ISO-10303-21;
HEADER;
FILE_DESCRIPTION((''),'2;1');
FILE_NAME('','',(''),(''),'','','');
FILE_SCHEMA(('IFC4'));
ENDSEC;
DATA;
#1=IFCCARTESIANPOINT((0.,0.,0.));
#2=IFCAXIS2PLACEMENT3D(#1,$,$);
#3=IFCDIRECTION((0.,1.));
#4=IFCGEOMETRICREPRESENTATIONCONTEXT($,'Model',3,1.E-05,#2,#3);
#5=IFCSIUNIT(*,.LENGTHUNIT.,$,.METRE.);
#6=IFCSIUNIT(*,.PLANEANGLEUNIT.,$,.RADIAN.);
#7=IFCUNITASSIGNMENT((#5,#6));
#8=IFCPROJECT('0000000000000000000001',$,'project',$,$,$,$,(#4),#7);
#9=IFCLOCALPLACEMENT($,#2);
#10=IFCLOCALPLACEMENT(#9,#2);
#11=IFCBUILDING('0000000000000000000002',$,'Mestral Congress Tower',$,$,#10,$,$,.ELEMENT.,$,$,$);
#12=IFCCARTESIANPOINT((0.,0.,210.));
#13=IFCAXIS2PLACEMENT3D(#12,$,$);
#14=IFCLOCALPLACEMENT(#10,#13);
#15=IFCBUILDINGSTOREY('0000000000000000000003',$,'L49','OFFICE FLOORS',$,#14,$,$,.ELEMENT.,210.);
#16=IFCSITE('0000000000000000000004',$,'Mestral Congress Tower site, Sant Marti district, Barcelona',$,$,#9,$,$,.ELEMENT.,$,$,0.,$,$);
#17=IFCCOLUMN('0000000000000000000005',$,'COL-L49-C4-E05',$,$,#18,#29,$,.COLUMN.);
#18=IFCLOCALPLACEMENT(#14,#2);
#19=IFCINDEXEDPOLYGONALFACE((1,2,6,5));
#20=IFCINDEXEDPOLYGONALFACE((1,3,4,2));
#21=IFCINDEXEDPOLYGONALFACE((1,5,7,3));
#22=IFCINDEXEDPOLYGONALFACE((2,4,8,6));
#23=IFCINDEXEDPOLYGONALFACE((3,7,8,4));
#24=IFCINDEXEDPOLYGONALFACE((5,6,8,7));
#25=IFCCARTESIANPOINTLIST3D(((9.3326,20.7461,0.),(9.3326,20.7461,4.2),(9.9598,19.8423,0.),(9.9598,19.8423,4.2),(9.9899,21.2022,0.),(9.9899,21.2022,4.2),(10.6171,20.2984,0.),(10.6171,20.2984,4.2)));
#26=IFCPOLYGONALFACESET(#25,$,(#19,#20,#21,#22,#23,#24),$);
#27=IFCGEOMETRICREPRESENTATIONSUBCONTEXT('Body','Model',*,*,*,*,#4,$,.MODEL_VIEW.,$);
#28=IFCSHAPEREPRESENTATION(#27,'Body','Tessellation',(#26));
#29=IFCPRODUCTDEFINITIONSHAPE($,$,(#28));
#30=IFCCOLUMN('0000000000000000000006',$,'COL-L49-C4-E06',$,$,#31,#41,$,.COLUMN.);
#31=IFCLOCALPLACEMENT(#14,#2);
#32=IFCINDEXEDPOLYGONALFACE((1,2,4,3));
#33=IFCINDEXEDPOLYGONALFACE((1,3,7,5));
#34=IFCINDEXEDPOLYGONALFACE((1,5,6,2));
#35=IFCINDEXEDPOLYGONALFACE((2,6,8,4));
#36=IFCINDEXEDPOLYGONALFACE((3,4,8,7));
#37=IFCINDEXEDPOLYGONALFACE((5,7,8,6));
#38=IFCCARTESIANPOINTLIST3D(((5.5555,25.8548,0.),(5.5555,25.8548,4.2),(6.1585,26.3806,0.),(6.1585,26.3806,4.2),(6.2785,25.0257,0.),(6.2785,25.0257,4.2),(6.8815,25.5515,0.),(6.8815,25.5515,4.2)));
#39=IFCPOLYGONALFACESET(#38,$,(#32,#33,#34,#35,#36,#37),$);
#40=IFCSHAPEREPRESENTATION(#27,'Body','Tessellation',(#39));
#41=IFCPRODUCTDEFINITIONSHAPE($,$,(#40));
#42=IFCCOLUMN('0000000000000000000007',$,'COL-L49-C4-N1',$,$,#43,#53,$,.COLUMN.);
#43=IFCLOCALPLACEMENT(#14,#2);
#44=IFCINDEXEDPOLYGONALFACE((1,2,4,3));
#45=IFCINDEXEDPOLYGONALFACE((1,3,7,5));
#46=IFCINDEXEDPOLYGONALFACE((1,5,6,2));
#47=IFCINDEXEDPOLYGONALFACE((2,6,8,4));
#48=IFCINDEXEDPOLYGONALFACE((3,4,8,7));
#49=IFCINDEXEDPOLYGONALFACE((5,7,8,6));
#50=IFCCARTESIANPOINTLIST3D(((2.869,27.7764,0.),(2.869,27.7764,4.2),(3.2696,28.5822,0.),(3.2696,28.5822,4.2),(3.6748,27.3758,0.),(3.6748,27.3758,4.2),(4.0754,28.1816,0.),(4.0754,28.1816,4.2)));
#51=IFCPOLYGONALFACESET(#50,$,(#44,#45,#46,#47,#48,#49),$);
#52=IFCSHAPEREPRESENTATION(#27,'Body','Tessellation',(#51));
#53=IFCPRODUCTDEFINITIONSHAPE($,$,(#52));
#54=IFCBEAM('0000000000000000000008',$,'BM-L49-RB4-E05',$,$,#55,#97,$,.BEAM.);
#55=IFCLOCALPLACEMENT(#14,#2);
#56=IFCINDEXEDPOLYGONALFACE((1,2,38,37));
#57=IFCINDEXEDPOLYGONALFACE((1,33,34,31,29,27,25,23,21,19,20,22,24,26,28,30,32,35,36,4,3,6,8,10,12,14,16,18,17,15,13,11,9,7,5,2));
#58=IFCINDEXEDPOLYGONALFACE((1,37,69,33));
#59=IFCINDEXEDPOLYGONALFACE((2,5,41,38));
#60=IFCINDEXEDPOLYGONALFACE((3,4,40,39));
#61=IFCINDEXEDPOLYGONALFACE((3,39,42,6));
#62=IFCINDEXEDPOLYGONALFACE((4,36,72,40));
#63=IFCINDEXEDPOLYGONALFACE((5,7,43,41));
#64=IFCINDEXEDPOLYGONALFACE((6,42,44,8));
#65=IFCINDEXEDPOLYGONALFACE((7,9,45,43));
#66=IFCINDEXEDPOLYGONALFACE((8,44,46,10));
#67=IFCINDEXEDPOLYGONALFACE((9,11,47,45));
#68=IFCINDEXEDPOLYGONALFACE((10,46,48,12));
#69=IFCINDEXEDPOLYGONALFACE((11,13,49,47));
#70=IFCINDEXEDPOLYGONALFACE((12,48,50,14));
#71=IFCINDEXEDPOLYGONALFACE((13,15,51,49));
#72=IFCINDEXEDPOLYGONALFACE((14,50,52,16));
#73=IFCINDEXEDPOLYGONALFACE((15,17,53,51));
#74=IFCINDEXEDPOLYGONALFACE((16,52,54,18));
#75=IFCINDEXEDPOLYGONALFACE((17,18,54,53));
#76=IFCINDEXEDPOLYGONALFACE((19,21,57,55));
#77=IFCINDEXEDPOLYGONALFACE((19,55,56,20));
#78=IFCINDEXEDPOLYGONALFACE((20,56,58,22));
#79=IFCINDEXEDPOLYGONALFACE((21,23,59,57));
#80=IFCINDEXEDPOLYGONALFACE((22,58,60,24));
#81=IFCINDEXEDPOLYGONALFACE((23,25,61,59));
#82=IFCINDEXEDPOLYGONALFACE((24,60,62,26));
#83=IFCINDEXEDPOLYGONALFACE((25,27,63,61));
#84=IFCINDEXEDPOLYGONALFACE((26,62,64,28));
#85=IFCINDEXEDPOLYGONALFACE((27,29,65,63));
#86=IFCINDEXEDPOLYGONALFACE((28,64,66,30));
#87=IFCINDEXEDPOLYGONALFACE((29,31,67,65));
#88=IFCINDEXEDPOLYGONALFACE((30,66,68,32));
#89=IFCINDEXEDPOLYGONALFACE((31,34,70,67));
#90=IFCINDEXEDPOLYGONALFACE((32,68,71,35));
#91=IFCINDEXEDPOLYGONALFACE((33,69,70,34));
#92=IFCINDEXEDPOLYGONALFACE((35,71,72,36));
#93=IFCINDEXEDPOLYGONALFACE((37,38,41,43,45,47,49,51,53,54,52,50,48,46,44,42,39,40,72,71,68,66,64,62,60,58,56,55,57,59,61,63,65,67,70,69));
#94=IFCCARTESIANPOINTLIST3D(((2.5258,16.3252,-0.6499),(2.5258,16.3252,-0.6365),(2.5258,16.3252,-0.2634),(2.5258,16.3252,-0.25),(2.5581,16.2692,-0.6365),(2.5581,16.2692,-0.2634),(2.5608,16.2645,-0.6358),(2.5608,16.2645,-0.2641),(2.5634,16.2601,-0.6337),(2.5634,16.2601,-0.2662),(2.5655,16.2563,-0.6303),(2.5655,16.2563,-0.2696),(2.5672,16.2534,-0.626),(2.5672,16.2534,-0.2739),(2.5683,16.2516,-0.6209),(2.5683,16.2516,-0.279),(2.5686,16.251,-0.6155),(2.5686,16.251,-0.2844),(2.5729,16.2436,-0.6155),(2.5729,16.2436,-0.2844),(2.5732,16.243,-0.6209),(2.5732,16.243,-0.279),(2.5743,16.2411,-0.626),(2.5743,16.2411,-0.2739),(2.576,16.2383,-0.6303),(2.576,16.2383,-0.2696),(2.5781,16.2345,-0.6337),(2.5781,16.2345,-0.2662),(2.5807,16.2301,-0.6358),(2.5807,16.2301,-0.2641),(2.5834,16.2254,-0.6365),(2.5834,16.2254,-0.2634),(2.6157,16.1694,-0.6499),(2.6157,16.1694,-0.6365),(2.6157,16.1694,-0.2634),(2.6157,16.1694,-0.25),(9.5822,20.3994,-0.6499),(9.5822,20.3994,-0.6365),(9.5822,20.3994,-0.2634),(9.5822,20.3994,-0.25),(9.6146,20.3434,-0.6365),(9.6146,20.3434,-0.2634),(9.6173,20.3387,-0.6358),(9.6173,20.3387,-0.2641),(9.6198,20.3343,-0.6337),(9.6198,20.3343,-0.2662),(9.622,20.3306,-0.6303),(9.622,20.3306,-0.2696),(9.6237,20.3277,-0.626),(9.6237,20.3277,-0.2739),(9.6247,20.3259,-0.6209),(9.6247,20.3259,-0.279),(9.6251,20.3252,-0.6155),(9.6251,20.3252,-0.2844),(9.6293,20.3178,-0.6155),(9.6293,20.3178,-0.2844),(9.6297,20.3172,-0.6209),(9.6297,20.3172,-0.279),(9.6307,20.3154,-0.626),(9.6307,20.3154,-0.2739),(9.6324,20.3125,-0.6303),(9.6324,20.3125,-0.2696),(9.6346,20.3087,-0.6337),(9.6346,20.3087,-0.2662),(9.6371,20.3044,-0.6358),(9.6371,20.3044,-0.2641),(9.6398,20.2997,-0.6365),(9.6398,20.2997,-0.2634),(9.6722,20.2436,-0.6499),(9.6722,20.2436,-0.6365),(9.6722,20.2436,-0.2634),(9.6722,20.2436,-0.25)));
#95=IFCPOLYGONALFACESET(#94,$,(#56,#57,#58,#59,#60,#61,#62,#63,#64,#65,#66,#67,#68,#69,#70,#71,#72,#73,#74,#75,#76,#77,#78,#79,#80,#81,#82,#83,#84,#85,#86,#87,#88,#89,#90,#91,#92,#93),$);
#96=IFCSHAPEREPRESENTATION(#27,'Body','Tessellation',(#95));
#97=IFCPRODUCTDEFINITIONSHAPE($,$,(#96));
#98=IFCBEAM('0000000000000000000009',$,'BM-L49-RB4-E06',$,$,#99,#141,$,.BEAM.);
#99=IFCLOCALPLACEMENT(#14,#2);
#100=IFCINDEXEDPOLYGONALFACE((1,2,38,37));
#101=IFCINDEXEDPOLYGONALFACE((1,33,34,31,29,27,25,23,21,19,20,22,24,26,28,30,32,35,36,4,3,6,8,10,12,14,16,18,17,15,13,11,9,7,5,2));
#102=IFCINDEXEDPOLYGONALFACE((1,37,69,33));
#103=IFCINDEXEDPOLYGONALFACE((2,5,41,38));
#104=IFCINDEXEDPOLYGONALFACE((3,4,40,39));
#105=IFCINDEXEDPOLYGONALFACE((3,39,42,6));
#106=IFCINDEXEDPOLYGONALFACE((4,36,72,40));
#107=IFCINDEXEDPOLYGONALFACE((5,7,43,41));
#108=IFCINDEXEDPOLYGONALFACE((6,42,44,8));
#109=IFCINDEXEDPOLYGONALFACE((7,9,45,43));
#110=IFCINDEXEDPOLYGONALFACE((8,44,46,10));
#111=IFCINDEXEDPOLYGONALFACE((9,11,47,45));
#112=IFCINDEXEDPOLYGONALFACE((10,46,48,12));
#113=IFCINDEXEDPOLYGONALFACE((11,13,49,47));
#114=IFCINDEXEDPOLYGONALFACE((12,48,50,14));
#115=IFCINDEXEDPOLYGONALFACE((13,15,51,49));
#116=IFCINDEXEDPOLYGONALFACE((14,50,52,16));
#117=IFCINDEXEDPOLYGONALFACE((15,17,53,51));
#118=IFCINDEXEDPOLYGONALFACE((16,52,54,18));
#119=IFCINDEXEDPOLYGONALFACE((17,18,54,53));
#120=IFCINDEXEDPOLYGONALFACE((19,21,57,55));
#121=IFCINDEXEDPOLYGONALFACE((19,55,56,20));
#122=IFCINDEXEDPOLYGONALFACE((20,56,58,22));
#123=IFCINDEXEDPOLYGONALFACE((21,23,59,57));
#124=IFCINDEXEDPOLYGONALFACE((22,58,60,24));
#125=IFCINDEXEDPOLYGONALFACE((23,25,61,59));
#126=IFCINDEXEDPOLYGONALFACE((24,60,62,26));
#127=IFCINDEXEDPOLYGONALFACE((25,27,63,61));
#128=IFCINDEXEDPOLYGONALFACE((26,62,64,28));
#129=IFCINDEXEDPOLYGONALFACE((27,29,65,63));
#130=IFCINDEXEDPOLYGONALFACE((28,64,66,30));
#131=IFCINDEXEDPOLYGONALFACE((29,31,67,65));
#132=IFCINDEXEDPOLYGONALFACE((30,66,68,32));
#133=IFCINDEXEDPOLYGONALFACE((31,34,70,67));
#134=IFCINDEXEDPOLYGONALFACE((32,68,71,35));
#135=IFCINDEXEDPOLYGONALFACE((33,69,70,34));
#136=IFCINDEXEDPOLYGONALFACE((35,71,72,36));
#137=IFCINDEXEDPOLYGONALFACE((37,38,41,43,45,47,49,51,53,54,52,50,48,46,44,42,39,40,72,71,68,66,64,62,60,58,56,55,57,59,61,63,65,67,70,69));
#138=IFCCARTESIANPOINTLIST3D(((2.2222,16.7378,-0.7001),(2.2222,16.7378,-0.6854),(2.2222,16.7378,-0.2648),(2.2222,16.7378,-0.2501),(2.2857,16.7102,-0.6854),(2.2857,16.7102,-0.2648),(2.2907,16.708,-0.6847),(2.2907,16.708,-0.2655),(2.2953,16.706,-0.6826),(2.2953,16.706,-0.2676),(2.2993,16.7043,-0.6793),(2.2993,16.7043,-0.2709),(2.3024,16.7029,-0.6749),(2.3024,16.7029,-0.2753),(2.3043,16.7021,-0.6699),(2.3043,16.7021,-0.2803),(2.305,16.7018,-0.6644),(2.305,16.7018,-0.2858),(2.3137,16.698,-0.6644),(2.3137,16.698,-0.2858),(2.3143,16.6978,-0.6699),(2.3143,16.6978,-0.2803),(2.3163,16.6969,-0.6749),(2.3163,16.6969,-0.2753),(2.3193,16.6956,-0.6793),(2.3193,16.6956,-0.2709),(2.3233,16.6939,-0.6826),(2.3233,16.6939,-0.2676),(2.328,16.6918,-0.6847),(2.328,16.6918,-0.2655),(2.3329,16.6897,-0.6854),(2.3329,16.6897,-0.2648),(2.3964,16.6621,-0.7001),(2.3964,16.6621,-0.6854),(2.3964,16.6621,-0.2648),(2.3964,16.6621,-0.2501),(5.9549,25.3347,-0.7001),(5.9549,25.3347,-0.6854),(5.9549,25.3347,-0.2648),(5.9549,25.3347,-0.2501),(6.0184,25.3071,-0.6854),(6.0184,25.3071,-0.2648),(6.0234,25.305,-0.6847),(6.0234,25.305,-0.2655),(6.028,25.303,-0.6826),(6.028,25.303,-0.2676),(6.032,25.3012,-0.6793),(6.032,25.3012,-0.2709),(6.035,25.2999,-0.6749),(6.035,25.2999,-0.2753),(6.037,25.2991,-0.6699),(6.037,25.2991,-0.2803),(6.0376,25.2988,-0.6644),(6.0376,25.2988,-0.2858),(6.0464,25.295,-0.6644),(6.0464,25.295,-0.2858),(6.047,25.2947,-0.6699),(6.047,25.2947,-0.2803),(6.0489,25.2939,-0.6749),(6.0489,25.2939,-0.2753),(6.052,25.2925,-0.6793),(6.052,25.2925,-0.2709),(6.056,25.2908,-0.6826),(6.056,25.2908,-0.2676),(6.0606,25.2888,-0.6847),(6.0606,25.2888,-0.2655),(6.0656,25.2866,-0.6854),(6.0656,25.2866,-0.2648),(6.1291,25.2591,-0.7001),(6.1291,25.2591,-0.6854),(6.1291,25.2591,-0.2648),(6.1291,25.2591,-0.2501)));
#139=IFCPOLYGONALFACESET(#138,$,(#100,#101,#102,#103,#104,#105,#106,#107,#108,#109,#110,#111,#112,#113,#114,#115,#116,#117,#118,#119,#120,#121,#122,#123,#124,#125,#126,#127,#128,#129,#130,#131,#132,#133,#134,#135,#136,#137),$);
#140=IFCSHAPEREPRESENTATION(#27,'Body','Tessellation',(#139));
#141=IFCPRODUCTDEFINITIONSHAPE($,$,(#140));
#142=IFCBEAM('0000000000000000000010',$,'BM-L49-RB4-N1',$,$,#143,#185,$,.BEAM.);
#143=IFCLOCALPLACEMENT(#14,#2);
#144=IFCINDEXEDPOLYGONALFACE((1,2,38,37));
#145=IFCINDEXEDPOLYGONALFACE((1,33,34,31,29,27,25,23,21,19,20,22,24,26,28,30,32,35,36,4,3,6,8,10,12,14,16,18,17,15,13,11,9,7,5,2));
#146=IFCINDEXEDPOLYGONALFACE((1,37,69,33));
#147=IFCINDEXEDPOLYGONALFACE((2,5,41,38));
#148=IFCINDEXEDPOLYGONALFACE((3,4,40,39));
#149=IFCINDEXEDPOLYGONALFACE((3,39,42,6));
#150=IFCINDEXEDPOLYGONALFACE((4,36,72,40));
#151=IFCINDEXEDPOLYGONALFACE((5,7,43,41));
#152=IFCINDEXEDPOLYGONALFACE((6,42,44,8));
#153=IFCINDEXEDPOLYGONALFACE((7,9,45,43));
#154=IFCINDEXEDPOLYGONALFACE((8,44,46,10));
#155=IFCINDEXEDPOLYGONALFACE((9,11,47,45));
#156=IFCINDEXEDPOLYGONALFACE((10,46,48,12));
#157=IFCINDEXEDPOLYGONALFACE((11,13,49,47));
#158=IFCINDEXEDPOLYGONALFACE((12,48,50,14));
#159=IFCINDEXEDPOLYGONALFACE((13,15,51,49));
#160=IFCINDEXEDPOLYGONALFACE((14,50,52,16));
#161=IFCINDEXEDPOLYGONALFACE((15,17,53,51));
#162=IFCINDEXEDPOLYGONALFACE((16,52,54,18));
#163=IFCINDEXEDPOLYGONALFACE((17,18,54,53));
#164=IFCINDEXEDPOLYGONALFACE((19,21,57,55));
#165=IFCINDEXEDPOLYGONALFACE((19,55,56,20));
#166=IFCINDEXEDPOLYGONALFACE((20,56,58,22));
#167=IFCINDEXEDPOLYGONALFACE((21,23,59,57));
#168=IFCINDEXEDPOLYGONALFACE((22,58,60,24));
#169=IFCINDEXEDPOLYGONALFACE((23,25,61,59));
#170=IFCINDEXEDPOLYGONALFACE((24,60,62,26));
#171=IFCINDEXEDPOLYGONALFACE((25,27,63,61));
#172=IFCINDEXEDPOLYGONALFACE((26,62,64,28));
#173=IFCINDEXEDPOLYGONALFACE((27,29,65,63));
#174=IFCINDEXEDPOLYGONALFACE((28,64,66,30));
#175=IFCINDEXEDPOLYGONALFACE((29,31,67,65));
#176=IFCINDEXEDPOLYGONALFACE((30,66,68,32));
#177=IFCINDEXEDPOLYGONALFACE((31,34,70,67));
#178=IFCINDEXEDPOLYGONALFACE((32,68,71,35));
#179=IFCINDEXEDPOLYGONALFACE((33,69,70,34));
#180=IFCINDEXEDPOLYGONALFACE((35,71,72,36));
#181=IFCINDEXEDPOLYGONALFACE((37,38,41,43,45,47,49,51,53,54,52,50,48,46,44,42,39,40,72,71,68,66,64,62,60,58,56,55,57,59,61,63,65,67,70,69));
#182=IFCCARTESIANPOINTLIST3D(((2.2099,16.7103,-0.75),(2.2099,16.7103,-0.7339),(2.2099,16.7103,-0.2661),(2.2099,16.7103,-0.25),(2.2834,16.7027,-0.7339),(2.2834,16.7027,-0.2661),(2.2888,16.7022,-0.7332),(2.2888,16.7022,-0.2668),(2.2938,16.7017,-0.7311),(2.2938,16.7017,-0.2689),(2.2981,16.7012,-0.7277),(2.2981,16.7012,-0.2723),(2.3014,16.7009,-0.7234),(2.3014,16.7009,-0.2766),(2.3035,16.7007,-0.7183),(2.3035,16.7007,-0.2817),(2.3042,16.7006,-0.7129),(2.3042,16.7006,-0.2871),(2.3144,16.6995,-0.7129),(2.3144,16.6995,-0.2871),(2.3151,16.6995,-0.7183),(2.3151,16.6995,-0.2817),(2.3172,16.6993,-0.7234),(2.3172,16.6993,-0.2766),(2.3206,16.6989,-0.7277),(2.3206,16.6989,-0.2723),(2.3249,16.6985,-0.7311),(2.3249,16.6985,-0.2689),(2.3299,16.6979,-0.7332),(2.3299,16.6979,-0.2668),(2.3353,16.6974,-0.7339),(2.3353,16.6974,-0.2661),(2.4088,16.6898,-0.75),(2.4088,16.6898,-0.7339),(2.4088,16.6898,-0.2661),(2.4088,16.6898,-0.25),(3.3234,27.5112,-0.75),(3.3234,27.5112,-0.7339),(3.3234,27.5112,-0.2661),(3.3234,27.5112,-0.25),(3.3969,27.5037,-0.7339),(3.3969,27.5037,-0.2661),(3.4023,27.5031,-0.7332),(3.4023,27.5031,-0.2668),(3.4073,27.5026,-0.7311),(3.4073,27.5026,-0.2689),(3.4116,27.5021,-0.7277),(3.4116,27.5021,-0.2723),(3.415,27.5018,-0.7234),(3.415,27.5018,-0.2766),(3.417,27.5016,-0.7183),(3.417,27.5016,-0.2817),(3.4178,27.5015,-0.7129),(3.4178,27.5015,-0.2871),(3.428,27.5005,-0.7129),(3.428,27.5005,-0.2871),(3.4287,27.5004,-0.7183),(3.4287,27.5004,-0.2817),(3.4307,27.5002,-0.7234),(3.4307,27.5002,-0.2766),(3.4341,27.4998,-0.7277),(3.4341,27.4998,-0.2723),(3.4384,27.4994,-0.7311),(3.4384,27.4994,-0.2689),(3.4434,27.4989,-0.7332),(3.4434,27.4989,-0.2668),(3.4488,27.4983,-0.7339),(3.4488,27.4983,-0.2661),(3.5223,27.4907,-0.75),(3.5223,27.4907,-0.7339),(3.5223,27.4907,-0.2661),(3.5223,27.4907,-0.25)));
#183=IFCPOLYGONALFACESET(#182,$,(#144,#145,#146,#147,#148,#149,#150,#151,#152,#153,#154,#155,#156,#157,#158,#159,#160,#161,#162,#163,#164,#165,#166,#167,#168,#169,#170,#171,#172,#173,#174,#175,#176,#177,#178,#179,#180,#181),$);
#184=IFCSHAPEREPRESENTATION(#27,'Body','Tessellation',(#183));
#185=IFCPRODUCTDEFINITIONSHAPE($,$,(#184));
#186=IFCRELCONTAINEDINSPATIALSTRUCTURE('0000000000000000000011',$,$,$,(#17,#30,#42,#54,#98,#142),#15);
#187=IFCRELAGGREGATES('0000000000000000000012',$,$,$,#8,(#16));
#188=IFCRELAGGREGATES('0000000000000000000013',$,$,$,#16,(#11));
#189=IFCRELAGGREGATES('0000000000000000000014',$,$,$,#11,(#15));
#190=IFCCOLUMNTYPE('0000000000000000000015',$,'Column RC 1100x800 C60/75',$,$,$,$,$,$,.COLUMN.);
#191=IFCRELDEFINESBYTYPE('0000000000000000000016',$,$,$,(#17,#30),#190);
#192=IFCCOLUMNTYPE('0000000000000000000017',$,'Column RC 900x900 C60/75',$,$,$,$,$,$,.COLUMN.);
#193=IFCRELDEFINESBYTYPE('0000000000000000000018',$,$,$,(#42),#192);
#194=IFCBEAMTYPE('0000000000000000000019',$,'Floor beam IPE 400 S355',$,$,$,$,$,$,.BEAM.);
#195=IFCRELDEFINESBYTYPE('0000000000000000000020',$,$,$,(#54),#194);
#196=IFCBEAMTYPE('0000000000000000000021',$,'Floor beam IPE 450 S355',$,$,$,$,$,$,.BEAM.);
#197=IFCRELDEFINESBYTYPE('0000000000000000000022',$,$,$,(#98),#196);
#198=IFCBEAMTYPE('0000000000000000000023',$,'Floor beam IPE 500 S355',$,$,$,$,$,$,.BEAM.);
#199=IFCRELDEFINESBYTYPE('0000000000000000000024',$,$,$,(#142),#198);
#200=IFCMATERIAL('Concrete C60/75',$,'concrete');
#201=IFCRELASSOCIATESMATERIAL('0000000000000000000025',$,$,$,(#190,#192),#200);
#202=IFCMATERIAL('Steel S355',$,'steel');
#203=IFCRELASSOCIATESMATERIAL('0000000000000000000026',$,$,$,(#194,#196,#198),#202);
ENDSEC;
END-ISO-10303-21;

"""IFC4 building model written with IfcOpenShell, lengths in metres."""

from ifc_helpers import new_model, si_unit, direction, frame, origin, origin_2d, place, context, subcontext, project, spatial, rectangle, i_section, extrude, material, material_profile, profile_set, type_object, element, save


model = new_model("IFC4")

# Units and contexts
model_context = context("Model", 3, precision=1e-05, world=origin(), true_north=direction((0.0, 1.0)))
body_context = subcontext(model_context, "Body", "Model", "MODEL_VIEW")
ifc_project = project(units=[si_unit("LENGTHUNIT", "METRE"), si_unit("PLANEANGLEUNIT", "RADIAN")], contexts=[model_context])

# Site, building, storey
site_placement = place(None, origin())
site = spatial("IfcSite", under=ifc_project, at=site_placement, Name="Mestral Congress Tower site, Sant Marti district, Barcelona", CompositionType="ELEMENT", RefElevation=0.0)
building_placement = place(site_placement, origin())
building = spatial("IfcBuilding", under=site, at=building_placement, Name="Mestral Congress Tower", CompositionType="ELEMENT")
storey_placement = place(building_placement, frame((0.0, 0.0, 210.0)))
storey = spatial("IfcBuildingStorey", under=building, at=storey_placement, Name="L49", Description="OFFICE FLOORS", CompositionType="ELEMENT", Elevation=210.0)

# Columns
ifc_material_1 = material(Name="Concrete C60/75", Category="concrete")
ifc_material_profile_1 = material_profile(ifc_material_1, rectangle(XDim=1.1001, YDim=0.8, at=origin_2d()), Name="RC 1100x800")
ifc_profile_set_1 = profile_set([ifc_material_profile_1], Name="Concrete C60/75")
column_type_1 = type_object("IfcColumnType", Name="Column RC 1100x800 C60/75", PredefinedType="COLUMN", material=ifc_profile_set_1)
for number, where, z_axis, x_axis, name in (
    (1, (9.9749, 20.5222, 0.0), (0.0, 0.0, 1.0), (-0.570084, 0.821586, 0.0), "COL-L49-C4-E05"),
    (2, (6.2185, 25.7031, 0.0), (0.0, 0.0, 1.0), (-0.65725, 0.753672, 0.0), "COL-L49-C4-E06"),
):
    element("IfcColumn", number, at=place(storey_placement, frame(where, z_axis=z_axis, x_axis=x_axis)), inside=storey, type_object=column_type_1, Name=name, PredefinedType="COLUMN", context=body_context, shape_type="SweptSolid", body=[
        extrude(rectangle(XDim=1.1001, YDim=0.8, at=origin_2d()), origin(), (0.0, 0.0, 1.0), 4.2),
    ])
ifc_material_profile_2 = material_profile(ifc_material_1, rectangle(XDim=0.8999, YDim=0.8999, at=origin_2d()), Name="RC 900x900")
ifc_profile_set_2 = profile_set([ifc_material_profile_2], Name="Concrete C60/75")
column_type_2 = type_object("IfcColumnType", Name="Column RC 900x900 C60/75", PredefinedType="COLUMN", material=ifc_profile_set_2)
column_placement = place(storey_placement, frame((3.4722, 27.979, 0.0), z_axis=(0.0, 0.0, 1.0), x_axis=(-0.895456, 0.445149, 0.0)))
element("IfcColumn", 3, at=column_placement, inside=storey, type_object=column_type_2, Name="COL-L49-C4-N1", PredefinedType="COLUMN", context=body_context, shape_type="SweptSolid", body=[
    extrude(rectangle(XDim=0.8999, YDim=0.8999, at=origin_2d()), origin(), (0.0, 0.0, 1.0), 4.2),
])

# Beams
ifc_material_2 = material(Name="Steel S355", Category="steel")
ifc_material_profile_3 = material_profile(ifc_material_2, i_section(OverallWidth=0.1799, OverallDepth=0.3999, WebThickness=0.0085, FlangeThickness=0.0134, FilletRadius=0.021, at=origin_2d()), Name="IPE 400")
ifc_profile_set_3 = profile_set([ifc_material_profile_3], Name="Steel S355")
beam_type_1 = type_object("IfcBeamType", Name="Floor beam IPE 400 S355", PredefinedType="BEAM", material=ifc_profile_set_3)
beam_1_placement = place(storey_placement, frame((9.6272, 20.3215, -0.45), z_axis=(-0.866014, -0.500019, 0.0), x_axis=(0.500019, -0.866014, 0.0)))
element("IfcBeam", 4, at=beam_1_placement, inside=storey, type_object=beam_type_1, Name="BM-L49-RB4-E05", PredefinedType="BEAM", context=body_context, shape_type="SweptSolid", body=[
    extrude(i_section(OverallWidth=0.1799, OverallDepth=0.3999, WebThickness=0.0085, FlangeThickness=0.0134, FilletRadius=0.021, at=origin_2d()), origin(), (0.0, 0.0, 1.0), 8.1482),
])
ifc_material_profile_4 = material_profile(ifc_material_2, i_section(OverallWidth=0.1899, OverallDepth=0.45, WebThickness=0.0095, FlangeThickness=0.0146, FilletRadius=0.021, at=origin_2d()), Name="IPE 450")
ifc_profile_set_4 = profile_set([ifc_material_profile_4], Name="Steel S355")
beam_type_2 = type_object("IfcBeamType", Name="Floor beam IPE 450 S355", PredefinedType="BEAM", material=ifc_profile_set_4)
beam_2_placement = place(storey_placement, frame((6.042, 25.2969, -0.4751), z_axis=(-0.398266, -0.91727, 0.0), x_axis=(0.91727, -0.398266, 0.0)))
element("IfcBeam", 5, at=beam_2_placement, inside=storey, type_object=beam_type_2, Name="BM-L49-RB4-E06", PredefinedType="BEAM", context=body_context, shape_type="SweptSolid", body=[
    extrude(i_section(OverallWidth=0.1899, OverallDepth=0.45, WebThickness=0.0095, FlangeThickness=0.0146, FilletRadius=0.021, at=origin_2d()), origin(), (0.0, 0.0, 1.0), 9.3723),
])
ifc_material_profile_5 = material_profile(ifc_material_2, i_section(OverallWidth=0.2, OverallDepth=0.5, WebThickness=0.0103, FlangeThickness=0.0161, FilletRadius=0.021, at=origin_2d()), Name="IPE 500")
ifc_profile_set_5 = profile_set([ifc_material_profile_5], Name="Steel S355")
beam_type_3 = type_object("IfcBeamType", Name="Floor beam IPE 500 S355", PredefinedType="BEAM", material=ifc_profile_set_5)
beam_3_placement = place(storey_placement, frame((3.4229, 27.501, -0.5), z_axis=(-0.102551, -0.994728, 0.0), x_axis=(0.994728, -0.102551, 0.0)))
element("IfcBeam", 6, at=beam_3_placement, inside=storey, type_object=beam_type_3, Name="BM-L49-RB4-N1", PredefinedType="BEAM", context=body_context, shape_type="SweptSolid", body=[
    extrude(i_section(OverallWidth=0.2, OverallDepth=0.5, WebThickness=0.0103, FlangeThickness=0.0161, FilletRadius=0.021, at=origin_2d()), origin(), (0.0, 0.0, 1.0), 10.8582),
])

save(model, "model.ifc")
